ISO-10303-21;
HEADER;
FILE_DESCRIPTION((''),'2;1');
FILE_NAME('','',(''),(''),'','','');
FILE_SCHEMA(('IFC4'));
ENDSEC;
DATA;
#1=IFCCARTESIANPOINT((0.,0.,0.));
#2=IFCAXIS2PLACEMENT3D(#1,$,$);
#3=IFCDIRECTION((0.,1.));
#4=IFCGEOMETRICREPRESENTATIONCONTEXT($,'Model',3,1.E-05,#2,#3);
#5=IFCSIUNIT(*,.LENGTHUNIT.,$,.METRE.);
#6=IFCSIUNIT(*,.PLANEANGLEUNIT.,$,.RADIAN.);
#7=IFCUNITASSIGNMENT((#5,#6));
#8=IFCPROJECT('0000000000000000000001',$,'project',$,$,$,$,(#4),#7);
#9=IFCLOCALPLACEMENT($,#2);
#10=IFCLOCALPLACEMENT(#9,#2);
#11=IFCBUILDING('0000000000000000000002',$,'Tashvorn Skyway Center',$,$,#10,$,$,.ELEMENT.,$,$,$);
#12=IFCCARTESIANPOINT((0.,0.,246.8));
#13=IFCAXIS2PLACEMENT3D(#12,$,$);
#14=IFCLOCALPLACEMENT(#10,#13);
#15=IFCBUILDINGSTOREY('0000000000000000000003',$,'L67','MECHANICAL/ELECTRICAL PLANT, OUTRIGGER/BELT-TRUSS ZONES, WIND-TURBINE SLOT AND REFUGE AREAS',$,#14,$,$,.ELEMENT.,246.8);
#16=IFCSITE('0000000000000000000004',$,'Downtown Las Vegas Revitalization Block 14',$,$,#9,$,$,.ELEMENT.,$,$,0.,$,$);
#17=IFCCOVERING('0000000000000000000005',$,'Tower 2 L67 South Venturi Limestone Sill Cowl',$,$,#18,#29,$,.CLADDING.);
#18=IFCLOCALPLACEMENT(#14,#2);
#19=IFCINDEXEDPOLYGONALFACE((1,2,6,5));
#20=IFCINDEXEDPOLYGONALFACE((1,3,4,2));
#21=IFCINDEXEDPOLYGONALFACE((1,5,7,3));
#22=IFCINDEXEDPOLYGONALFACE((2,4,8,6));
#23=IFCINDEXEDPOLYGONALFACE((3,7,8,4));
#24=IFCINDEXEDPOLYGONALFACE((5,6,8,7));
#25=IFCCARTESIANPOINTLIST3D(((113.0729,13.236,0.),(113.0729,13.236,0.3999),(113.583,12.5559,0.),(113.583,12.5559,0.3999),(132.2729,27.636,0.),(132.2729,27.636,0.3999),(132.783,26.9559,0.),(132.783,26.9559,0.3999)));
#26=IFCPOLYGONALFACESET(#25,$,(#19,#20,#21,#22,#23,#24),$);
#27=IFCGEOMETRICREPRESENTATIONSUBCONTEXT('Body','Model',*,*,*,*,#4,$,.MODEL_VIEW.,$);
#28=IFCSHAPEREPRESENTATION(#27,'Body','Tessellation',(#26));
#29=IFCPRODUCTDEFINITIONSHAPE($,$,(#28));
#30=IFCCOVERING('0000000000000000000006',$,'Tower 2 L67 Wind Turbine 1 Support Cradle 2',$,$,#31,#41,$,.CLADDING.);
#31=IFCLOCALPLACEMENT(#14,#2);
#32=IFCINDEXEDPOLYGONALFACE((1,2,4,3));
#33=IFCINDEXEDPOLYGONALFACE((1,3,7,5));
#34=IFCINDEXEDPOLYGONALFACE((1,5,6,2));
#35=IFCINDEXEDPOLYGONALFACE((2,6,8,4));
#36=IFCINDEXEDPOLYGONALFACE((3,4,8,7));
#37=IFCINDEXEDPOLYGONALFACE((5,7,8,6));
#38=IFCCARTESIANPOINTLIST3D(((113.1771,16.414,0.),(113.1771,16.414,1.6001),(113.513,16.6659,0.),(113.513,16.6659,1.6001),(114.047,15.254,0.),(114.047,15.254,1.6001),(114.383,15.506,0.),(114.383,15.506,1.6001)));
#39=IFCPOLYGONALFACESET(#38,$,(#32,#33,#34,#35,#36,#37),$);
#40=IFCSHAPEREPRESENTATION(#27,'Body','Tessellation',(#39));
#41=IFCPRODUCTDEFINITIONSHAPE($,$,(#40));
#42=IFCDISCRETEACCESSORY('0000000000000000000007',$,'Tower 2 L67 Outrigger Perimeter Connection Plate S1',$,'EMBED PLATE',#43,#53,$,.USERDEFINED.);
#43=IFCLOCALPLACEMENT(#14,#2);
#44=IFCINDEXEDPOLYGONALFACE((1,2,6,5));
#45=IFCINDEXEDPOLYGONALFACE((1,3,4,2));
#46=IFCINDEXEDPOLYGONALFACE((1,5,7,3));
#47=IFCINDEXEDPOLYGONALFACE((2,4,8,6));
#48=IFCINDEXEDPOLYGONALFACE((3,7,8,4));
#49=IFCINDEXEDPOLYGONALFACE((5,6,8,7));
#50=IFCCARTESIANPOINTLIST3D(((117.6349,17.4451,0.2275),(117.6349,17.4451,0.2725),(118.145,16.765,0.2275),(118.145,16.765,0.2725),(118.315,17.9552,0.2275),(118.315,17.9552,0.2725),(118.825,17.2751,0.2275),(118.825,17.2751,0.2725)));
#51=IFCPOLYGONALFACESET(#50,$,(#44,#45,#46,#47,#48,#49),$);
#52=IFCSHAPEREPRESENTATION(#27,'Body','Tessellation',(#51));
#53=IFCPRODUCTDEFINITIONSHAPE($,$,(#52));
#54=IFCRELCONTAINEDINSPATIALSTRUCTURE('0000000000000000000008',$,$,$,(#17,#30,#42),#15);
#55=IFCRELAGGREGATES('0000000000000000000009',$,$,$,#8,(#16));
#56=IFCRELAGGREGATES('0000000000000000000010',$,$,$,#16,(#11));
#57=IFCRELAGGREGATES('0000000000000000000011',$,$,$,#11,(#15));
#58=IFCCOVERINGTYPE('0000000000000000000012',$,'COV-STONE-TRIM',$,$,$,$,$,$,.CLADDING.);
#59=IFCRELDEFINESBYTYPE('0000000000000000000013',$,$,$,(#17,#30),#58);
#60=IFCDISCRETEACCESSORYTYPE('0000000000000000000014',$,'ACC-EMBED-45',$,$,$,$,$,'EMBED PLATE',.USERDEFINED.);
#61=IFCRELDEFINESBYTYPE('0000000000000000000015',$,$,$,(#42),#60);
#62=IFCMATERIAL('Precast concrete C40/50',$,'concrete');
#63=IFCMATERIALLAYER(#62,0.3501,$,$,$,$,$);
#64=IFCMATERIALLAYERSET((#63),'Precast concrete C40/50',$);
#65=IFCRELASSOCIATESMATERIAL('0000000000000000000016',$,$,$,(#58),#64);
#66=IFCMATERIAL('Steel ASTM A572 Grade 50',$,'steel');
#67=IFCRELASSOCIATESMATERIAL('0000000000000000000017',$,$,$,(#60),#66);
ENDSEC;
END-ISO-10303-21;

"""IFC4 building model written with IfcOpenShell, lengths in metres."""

from ifc_helpers import new_model, si_unit, direction, frame, origin, origin_2d, place, context, subcontext, project, spatial, rectangle, extrude, material, layer, layer_set, type_object, element, save


model = new_model("IFC4")

# Units and contexts
model_context = context("Model", 3, precision=1e-05, world=origin(), true_north=direction((0.0, 1.0)))
body_context = subcontext(model_context, "Body", "Model", "MODEL_VIEW")
ifc_project = project(units=[si_unit("LENGTHUNIT", "METRE"), si_unit("PLANEANGLEUNIT", "RADIAN")], contexts=[model_context])

# Site, building, storey
site_placement = place(None, origin())
site = spatial("IfcSite", under=ifc_project, at=site_placement, Name="Downtown Las Vegas Revitalization Block 14", CompositionType="ELEMENT", RefElevation=0.0)
building_placement = place(site_placement, origin())
building = spatial("IfcBuilding", under=site, at=building_placement, Name="Tashvorn Skyway Center", CompositionType="ELEMENT")
storey_placement = place(building_placement, frame((0.0, 0.0, 246.8)))
storey = spatial("IfcBuildingStorey", under=building, at=storey_placement, Name="L67", Description="MECHANICAL/ELECTRICAL PLANT, OUTRIGGER/BELT-TRUSS ZONES, WIND-TURBINE SLOT AND REFUGE AREAS", CompositionType="ELEMENT", Elevation=246.8)

# Shared definitions
ifc_material_1 = material(Name="Steel ASTM A572 Grade 50", Category="steel")

# Coverings
ifc_material_2 = material(Name="Precast concrete C40/50", Category="concrete")
ifc_layer_1 = layer(ifc_material_2, 0.3501)
ifc_layer_set_1 = layer_set([ifc_layer_1], Name="Precast concrete C40/50")
covering_type_1 = type_object("IfcCoveringType", Name="COV-STONE-TRIM", PredefinedType="CLADDING", material=ifc_layer_set_1)
covering_1_placement = place(storey_placement, frame((122.928, 20.0959, 0.0), z_axis=(0.0, 0.0, 1.0), x_axis=(-0.8, -0.6, 0.0)))
element("IfcCovering", 1, at=covering_1_placement, inside=storey, type_object=covering_type_1, Name="Tower 2 L67 South Venturi Limestone Sill Cowl", PredefinedType="CLADDING", context=body_context, shape_type="SweptSolid", body=[
    extrude(rectangle(XDim=24.0, YDim=0.8501, at=origin_2d()), origin(), (0.0, 0.0, 1.0), 0.3999),
])
covering_2_placement = place(storey_placement, frame((113.78, 15.96, 0.0), z_axis=(0.0, 0.0, 1.0), x_axis=(0.8, 0.6, 0.0)))
element("IfcCovering", 2, at=covering_2_placement, inside=storey, type_object=covering_type_1, Name="Tower 2 L67 Wind Turbine 1 Support Cradle 2", PredefinedType="CLADDING", context=body_context, shape_type="SweptSolid", body=[
    extrude(rectangle(XDim=0.4199, YDim=1.45, at=origin_2d()), origin(), (0.0, 0.0, 1.0), 1.6001),
])

# Discrete accessory
discrete_accessory_type = type_object("IfcDiscreteAccessoryType", Name="ACC-EMBED-45", ElementType="EMBED PLATE", PredefinedType="USERDEFINED", material=ifc_material_1)
discrete_accessory_placement = place(storey_placement, frame((118.23, 17.3601, 0.2275), z_axis=(0.0, 0.0, 1.0), x_axis=(0.8, 0.6, 0.0)))
element("IfcDiscreteAccessory", 3, at=discrete_accessory_placement, inside=storey, type_object=discrete_accessory_type, Name="Tower 2 L67 Outrigger Perimeter Connection Plate S1", ObjectType="EMBED PLATE", PredefinedType="USERDEFINED", context=body_context, shape_type="SweptSolid", body=[
    extrude(rectangle(XDim=0.8501, YDim=0.8501, at=origin_2d()), origin(), (0.0, 0.0, 1.0), 0.0449),
])

save(model, "model.ifc")
